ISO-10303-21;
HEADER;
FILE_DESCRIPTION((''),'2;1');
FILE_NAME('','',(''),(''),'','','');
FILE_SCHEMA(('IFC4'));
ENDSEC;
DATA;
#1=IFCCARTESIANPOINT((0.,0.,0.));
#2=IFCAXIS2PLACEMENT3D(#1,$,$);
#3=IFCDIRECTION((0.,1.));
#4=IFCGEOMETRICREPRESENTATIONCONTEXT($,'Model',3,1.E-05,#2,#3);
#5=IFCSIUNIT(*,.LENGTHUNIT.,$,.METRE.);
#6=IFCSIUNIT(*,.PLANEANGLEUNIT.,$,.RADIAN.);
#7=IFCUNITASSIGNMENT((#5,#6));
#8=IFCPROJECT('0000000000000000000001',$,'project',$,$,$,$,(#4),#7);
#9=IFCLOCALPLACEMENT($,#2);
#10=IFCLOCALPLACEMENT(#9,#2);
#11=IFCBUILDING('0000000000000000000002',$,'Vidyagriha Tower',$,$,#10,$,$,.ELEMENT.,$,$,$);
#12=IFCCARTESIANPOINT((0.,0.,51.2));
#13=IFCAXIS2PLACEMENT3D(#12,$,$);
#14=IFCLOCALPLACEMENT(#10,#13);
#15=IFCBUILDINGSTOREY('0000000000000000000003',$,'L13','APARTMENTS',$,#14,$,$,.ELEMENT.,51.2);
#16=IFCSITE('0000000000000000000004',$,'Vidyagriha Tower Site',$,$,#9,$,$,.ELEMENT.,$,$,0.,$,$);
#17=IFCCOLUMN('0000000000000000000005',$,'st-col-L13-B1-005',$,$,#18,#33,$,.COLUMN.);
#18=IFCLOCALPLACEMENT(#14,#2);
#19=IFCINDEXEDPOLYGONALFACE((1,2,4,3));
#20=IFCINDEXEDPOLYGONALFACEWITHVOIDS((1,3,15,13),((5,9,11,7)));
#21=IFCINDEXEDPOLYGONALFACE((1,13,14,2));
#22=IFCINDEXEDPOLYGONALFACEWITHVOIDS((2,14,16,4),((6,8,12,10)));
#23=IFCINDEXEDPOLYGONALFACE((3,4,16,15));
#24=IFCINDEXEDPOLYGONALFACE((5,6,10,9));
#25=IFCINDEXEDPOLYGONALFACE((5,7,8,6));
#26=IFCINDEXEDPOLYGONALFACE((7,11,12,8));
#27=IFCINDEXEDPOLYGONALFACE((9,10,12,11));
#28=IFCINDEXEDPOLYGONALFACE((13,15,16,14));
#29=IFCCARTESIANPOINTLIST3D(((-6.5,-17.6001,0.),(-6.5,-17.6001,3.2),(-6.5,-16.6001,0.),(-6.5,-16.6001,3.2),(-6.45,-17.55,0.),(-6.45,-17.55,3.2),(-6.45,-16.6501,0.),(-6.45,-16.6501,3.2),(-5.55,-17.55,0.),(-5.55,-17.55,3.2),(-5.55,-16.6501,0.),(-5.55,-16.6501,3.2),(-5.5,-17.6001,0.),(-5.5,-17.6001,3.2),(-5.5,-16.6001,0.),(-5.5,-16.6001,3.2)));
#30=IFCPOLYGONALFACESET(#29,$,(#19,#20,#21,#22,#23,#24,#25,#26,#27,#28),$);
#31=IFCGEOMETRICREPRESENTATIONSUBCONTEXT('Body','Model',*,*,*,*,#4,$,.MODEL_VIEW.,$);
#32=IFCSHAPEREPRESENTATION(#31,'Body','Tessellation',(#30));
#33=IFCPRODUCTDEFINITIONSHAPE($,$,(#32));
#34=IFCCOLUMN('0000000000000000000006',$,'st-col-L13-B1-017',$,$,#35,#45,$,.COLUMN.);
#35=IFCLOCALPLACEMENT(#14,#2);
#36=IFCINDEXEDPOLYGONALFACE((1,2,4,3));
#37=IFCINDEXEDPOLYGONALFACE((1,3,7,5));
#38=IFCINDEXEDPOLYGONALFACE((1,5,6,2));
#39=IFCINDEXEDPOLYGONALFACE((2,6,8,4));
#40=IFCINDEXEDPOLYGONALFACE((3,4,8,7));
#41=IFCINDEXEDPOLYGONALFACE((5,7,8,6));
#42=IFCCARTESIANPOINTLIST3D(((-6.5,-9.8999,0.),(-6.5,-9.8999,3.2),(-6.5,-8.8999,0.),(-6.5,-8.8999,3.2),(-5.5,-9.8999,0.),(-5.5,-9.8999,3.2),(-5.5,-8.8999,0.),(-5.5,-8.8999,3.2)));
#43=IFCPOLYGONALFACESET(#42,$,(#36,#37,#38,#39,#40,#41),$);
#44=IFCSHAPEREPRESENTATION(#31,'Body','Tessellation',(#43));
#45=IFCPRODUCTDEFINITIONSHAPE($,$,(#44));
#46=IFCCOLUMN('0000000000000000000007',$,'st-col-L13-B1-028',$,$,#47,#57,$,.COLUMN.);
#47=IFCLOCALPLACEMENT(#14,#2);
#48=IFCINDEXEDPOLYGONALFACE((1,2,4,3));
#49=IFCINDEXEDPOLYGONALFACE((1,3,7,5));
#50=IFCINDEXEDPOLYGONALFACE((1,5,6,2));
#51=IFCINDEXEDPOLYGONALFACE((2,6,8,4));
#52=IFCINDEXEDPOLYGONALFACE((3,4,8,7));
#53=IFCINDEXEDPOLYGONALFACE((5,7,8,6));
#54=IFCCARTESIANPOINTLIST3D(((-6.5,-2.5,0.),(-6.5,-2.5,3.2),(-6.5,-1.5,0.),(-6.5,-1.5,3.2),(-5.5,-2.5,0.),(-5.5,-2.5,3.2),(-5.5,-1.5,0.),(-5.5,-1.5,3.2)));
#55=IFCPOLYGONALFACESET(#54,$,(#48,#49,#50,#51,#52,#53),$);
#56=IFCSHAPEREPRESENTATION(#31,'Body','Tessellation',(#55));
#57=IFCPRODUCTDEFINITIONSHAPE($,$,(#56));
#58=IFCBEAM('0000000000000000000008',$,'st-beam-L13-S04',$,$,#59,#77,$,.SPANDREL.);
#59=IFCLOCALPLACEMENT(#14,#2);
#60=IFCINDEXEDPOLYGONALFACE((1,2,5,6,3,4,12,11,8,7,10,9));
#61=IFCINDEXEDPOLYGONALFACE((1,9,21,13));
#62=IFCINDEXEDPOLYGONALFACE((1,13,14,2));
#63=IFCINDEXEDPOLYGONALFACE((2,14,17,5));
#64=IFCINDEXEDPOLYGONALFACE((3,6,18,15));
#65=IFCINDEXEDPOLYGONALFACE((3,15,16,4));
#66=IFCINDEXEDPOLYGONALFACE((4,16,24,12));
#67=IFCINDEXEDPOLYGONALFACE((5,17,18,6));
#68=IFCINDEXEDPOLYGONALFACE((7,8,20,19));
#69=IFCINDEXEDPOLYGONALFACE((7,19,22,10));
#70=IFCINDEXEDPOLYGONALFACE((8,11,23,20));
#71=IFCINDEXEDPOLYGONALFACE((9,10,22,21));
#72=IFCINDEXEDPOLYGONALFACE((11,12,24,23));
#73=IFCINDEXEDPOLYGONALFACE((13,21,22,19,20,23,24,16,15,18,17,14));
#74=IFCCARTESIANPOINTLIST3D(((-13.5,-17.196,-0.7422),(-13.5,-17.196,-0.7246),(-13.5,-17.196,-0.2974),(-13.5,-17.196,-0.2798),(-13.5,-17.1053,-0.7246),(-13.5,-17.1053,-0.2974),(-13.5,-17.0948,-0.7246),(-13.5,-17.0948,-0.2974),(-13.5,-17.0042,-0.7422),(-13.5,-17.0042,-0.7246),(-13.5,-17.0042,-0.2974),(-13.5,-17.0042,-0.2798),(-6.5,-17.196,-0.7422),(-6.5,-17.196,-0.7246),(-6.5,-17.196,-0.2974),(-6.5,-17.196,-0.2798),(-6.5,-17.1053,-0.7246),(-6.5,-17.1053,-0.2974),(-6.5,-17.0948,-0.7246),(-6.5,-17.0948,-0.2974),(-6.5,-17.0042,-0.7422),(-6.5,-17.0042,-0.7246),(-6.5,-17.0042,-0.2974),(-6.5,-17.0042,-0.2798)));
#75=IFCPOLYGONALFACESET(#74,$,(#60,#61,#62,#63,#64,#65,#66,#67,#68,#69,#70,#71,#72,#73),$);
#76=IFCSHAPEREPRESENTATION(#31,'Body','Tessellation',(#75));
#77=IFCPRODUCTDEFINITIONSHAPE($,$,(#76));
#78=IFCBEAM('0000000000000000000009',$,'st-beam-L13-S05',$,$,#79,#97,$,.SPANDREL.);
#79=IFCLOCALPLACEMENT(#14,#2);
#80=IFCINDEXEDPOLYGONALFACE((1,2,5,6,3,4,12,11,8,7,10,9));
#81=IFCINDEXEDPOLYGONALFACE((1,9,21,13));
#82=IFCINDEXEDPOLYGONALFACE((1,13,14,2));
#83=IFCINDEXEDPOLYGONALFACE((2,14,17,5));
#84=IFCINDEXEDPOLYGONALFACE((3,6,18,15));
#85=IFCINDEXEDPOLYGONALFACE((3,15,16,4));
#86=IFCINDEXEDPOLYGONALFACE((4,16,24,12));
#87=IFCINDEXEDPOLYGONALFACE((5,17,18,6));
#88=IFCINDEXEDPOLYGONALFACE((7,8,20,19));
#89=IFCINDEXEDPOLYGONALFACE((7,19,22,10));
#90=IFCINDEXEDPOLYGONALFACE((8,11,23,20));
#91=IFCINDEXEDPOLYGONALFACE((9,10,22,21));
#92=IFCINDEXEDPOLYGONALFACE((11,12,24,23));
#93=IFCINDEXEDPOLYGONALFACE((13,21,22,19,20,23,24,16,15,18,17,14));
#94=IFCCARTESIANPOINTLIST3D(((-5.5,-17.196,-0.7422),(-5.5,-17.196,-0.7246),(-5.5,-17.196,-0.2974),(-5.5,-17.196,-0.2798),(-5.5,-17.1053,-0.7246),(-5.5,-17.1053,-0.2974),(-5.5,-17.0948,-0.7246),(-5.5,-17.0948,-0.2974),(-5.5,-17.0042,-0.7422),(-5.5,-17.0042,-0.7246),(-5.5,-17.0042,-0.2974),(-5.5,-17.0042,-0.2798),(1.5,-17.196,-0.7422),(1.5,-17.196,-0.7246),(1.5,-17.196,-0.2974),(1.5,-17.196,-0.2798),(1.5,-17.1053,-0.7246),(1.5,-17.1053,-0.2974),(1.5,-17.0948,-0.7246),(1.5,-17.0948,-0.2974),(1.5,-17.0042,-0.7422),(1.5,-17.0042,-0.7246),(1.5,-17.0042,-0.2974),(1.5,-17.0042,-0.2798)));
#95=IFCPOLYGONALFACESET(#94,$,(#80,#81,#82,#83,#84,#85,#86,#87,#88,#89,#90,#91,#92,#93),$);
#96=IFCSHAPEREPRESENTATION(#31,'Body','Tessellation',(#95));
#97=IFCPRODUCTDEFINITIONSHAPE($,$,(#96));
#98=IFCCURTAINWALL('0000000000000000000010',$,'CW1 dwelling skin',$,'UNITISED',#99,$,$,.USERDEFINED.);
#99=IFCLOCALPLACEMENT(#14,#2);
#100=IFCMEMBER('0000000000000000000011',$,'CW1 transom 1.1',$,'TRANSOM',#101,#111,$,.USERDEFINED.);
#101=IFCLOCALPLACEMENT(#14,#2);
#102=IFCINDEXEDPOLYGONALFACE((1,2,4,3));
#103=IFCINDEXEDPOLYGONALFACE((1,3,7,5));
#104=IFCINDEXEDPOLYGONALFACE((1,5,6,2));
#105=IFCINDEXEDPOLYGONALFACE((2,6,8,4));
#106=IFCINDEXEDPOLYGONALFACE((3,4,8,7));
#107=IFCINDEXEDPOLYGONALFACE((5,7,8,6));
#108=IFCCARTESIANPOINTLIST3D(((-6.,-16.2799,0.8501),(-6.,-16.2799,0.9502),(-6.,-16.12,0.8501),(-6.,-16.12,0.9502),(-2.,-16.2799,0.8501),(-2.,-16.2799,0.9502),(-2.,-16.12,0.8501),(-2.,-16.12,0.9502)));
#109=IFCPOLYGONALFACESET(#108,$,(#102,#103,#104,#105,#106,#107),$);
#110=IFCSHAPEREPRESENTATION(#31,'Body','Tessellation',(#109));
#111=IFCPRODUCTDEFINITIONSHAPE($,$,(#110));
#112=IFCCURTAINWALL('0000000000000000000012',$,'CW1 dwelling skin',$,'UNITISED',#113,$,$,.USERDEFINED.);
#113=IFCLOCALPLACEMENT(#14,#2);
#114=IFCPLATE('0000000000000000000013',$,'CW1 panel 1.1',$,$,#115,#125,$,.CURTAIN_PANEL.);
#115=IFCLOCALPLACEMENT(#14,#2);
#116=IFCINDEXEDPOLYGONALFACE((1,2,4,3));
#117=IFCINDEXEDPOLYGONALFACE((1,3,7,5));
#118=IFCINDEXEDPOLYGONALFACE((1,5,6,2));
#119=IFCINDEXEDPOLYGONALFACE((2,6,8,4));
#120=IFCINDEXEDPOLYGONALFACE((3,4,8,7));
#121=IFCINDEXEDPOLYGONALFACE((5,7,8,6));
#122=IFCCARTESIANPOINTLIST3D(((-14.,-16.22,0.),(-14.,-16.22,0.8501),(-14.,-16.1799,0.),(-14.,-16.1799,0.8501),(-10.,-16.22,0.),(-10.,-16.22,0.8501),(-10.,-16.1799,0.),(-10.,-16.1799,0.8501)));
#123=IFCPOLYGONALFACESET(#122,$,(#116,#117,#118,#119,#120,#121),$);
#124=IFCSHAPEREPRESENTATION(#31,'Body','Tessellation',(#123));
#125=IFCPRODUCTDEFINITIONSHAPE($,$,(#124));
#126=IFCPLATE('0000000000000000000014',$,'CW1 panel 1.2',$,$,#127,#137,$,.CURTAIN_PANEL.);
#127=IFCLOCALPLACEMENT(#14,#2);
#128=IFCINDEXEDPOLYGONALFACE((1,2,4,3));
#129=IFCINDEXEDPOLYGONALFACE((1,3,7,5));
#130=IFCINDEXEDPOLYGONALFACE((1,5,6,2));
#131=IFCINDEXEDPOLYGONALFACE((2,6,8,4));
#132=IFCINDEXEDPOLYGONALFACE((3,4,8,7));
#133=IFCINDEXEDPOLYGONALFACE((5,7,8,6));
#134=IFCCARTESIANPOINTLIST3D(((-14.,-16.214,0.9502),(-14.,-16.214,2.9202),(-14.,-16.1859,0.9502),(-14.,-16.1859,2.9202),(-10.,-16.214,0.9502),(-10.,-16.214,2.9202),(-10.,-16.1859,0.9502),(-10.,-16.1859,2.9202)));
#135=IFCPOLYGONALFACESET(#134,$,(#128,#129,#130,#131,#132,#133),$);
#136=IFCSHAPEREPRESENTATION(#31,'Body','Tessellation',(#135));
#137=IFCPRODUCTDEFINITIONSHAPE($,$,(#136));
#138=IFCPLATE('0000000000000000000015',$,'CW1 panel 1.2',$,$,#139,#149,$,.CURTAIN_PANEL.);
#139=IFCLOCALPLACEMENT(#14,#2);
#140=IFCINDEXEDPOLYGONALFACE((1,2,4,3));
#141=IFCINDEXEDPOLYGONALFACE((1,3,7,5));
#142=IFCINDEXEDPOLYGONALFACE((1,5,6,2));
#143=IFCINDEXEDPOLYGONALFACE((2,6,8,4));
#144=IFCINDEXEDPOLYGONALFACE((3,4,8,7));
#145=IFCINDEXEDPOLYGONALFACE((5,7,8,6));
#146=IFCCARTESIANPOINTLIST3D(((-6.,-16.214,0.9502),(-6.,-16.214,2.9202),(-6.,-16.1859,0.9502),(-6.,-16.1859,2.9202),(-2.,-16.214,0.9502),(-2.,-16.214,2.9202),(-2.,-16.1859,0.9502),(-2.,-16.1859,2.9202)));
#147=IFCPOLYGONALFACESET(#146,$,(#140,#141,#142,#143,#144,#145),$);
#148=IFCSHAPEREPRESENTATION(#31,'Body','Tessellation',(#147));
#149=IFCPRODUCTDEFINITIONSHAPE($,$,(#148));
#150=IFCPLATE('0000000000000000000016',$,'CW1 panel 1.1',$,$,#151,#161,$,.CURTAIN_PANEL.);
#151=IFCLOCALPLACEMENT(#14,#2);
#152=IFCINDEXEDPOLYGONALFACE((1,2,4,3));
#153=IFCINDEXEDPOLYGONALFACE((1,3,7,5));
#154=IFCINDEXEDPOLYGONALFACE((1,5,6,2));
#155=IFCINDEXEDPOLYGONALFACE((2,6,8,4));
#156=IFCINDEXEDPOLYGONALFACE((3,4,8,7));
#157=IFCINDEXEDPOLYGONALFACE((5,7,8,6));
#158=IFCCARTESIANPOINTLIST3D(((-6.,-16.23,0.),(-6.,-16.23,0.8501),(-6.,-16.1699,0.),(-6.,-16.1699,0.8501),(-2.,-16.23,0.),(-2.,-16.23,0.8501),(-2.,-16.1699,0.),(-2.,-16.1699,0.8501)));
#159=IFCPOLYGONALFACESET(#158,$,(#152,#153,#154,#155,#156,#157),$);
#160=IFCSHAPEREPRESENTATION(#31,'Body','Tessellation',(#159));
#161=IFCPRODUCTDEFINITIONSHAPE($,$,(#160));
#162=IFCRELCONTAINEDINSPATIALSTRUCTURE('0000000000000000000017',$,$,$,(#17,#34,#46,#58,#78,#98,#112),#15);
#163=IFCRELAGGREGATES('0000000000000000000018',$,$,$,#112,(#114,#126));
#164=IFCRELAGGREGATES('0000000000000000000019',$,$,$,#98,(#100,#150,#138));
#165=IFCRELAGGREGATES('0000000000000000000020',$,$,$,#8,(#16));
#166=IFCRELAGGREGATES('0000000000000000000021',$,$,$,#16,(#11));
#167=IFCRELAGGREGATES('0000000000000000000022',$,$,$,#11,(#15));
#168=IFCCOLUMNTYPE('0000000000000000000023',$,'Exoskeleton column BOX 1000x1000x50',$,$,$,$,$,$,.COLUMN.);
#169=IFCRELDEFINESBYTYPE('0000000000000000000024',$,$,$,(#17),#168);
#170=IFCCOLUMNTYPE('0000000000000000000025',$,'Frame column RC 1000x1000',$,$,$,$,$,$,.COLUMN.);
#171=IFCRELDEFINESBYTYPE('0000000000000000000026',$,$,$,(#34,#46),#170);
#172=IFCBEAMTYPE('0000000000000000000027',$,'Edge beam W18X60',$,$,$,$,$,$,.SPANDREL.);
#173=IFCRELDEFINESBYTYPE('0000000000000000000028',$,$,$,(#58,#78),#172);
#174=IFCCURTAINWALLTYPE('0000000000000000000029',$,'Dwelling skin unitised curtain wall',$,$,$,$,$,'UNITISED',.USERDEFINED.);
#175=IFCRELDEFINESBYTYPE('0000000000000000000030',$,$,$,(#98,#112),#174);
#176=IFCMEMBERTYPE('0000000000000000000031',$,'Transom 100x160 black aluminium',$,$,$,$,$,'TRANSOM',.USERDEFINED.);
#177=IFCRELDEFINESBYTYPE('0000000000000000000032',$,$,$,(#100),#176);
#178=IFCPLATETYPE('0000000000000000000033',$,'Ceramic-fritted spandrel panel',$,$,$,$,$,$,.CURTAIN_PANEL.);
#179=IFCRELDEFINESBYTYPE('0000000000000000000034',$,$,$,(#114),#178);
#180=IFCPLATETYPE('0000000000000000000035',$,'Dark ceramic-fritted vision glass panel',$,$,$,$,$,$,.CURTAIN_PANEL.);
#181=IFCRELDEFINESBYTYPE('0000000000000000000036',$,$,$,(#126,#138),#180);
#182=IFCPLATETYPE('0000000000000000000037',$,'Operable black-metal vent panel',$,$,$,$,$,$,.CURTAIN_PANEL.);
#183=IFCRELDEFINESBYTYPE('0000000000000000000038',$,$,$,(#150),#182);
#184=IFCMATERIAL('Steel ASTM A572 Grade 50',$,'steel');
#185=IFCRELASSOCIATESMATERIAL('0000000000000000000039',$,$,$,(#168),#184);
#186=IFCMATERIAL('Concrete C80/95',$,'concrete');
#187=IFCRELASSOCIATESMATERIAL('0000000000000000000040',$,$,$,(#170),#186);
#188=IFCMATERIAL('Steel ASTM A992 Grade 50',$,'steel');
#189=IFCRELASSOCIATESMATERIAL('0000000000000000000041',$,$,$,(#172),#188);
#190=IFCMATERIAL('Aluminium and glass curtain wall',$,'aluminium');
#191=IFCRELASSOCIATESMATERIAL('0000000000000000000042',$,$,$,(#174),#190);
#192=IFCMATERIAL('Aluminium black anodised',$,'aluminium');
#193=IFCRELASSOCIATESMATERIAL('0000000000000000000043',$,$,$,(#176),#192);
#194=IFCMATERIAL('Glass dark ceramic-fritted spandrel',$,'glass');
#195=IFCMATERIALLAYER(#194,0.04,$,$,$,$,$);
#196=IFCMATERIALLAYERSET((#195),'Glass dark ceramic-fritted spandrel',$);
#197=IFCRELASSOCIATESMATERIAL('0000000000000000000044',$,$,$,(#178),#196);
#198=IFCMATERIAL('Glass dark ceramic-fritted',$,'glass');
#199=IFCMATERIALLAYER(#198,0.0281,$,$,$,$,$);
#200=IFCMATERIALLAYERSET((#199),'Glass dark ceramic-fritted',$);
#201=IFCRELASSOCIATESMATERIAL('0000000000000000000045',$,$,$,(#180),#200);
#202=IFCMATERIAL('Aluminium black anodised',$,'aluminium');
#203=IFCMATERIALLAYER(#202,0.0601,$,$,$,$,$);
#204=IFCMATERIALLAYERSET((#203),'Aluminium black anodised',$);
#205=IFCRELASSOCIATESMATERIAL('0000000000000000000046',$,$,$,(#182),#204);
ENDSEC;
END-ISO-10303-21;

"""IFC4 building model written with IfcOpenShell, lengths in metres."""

from ifc_helpers import new_model, si_unit, direction, frame, origin, origin_2d, place, context, subcontext, project, spatial, rectangle, hollow_rectangle, i_section, extrude, material, layer, layer_set, material_profile, profile_set, type_object, element, aggregate, save


model = new_model("IFC4")

# Units and contexts
model_context = context("Model", 3, precision=1e-05, world=origin(), true_north=direction((0.0, 1.0)))
body_context = subcontext(model_context, "Body", "Model", "MODEL_VIEW")
ifc_project = project(units=[si_unit("LENGTHUNIT", "METRE"), si_unit("PLANEANGLEUNIT", "RADIAN")], contexts=[model_context])

# Site, building, storey
site_placement = place(None, origin())
site = spatial("IfcSite", under=ifc_project, at=site_placement, Name="Vidyagriha Tower Site", CompositionType="ELEMENT", RefElevation=0.0)
building_placement = place(site_placement, origin())
building = spatial("IfcBuilding", under=site, at=building_placement, Name="Vidyagriha Tower", CompositionType="ELEMENT")
storey_placement = place(building_placement, frame((0.0, 0.0, 51.2)))
storey = spatial("IfcBuildingStorey", under=building, at=storey_placement, Name="L13", Description="APARTMENTS", CompositionType="ELEMENT", Elevation=51.2)

# Columns
ifc_material_1 = material(Name="Steel ASTM A572 Grade 50", Category="steel")
ifc_material_profile_1 = material_profile(ifc_material_1, hollow_rectangle(XDim=1.0, YDim=1.0, WallThickness=0.05, at=origin_2d()), Name="BOX 1000x1000x50")
ifc_profile_set_1 = profile_set([ifc_material_profile_1], Name="Steel ASTM A572 Grade 50")
column_type_1 = type_object("IfcColumnType", Name="Exoskeleton column BOX 1000x1000x50", PredefinedType="COLUMN", material=ifc_profile_set_1)
column_placement = place(storey_placement, frame((-6.0, -17.1001, 0.0)))
element("IfcColumn", 1, at=column_placement, inside=storey, type_object=column_type_1, Name="st-col-L13-B1-005", PredefinedType="COLUMN", context=body_context, shape_type="SweptSolid", body=[
    extrude(hollow_rectangle(XDim=1.0, YDim=1.0, WallThickness=0.05, at=origin_2d()), origin(), (0.0, 0.0, 1.0), 3.2),
])
ifc_material_2 = material(Name="Concrete C80/95", Category="concrete")
ifc_material_profile_2 = material_profile(ifc_material_2, rectangle(XDim=1.0, YDim=1.0, at=origin_2d()), Name="RC 1000x1000")
ifc_profile_set_2 = profile_set([ifc_material_profile_2], Name="Concrete C80/95")
column_type_2 = type_object("IfcColumnType", Name="Frame column RC 1000x1000", PredefinedType="COLUMN", material=ifc_profile_set_2)
for number, where, name in (
    (2, (-6.0, -9.3999, 0.0), "st-col-L13-B1-017"),
    (3, (-6.0, -2.0, 0.0), "st-col-L13-B1-028"),
):
    element("IfcColumn", number, at=place(storey_placement, frame(where)), inside=storey, type_object=column_type_2, Name=name, PredefinedType="COLUMN", context=body_context, shape_type="SweptSolid", body=[
        extrude(rectangle(XDim=1.0, YDim=1.0, at=origin_2d()), origin(), (0.0, 0.0, 1.0), 3.2),
    ])

# Beams
ifc_material_3 = material(Name="Steel ASTM A992 Grade 50", Category="steel")
ifc_material_profile_3 = material_profile(ifc_material_3, i_section(OverallWidth=0.1919, OverallDepth=0.4624, WebThickness=0.0105, FlangeThickness=0.0176, at=origin_2d()), Name="W18X60")
ifc_profile_set_3 = profile_set([ifc_material_profile_3], Name="Steel ASTM A992 Grade 50")
beam_type = type_object("IfcBeamType", Name="Edge beam W18X60", PredefinedType="SPANDREL", material=ifc_profile_set_3)
for number, where, z_axis, x_axis, name in (
    (4, (-13.5, -17.1001, -0.511), (1.0, 0.0, 0.0), (0.0, 1.0, 0.0), "st-beam-L13-S04"),
    (5, (-5.5, -17.1001, -0.511), (1.0, 0.0, 0.0), (0.0, 1.0, 0.0), "st-beam-L13-S05"),
):
    element("IfcBeam", number, at=place(storey_placement, frame(where, z_axis=z_axis, x_axis=x_axis)), inside=storey, type_object=beam_type, Name=name, PredefinedType="SPANDREL", context=body_context, shape_type="SweptSolid", body=[
        extrude(i_section(OverallWidth=0.1919, OverallDepth=0.4624, WebThickness=0.0105, FlangeThickness=0.0176, at=origin_2d()), origin(), (0.0, 0.0, 1.0), 7.0),
    ])

# Curtain wall, member
ifc_material_4 = material(Name="Aluminium and glass curtain wall", Category="aluminium")
curtain_wall_type = type_object("IfcCurtainWallType", Name="Dwelling skin unitised curtain wall", ElementType="UNITISED", PredefinedType="USERDEFINED", material=ifc_material_4)
curtain_wall_1_placement = place(storey_placement, origin())
curtain_wall_1 = element("IfcCurtainWall", 6, at=curtain_wall_1_placement, inside=storey, type_object=curtain_wall_type, Name="CW1 dwelling skin", ObjectType="UNITISED", PredefinedType="USERDEFINED")
ifc_material_5 = material(Name="Aluminium black anodised", Category="aluminium")
ifc_material_profile_4 = material_profile(ifc_material_5, rectangle(XDim=0.1599, YDim=0.1001, at=origin_2d()), Name="Transom 100x160 black aluminium")
ifc_profile_set_4 = profile_set([ifc_material_profile_4], Name="Aluminium black anodised")
member_type = type_object("IfcMemberType", Name="Transom 100x160 black aluminium", ElementType="TRANSOM", PredefinedType="USERDEFINED", material=ifc_profile_set_4)
member_placement = place(storey_placement, frame((-6.0, -16.2, 0.9001), z_axis=(1.0, 0.0, 0.0), x_axis=(0.0, 1.0, 0.0)))
member = element("IfcMember", 7, at=member_placement, type_object=member_type, Name="CW1 transom 1.1", ObjectType="TRANSOM", PredefinedType="USERDEFINED", context=body_context, shape_type="SweptSolid", body=[
    extrude(rectangle(XDim=0.1599, YDim=0.1001, at=origin_2d()), origin(), (0.0, 0.0, 1.0), 4.0),
])

# Curtain wall, plates
curtain_wall_2_placement = place(storey_placement, origin())
curtain_wall_2 = element("IfcCurtainWall", 8, at=curtain_wall_2_placement, inside=storey, type_object=curtain_wall_type, Name="CW1 dwelling skin", ObjectType="UNITISED", PredefinedType="USERDEFINED")
ifc_material_6 = material(Name="Glass dark ceramic-fritted spandrel", Category="glass")
ifc_layer_1 = layer(ifc_material_6, 0.04)
ifc_layer_set_1 = layer_set([ifc_layer_1], Name="Glass dark ceramic-fritted spandrel")
plate_type_1 = type_object("IfcPlateType", Name="Ceramic-fritted spandrel panel", PredefinedType="CURTAIN_PANEL", material=ifc_layer_set_1)
plate_1_placement = place(storey_placement, frame((-12.0, -16.2, 0.0)))
plate_1 = element("IfcPlate", 9, at=plate_1_placement, type_object=plate_type_1, Name="CW1 panel 1.1", PredefinedType="CURTAIN_PANEL", context=body_context, shape_type="SweptSolid", body=[
    extrude(rectangle(XDim=4.0, YDim=0.04, at=origin_2d()), origin(), (0.0, 0.0, 1.0), 0.8501),
])
ifc_material_7 = material(Name="Glass dark ceramic-fritted", Category="glass")
ifc_layer_2 = layer(ifc_material_7, 0.0281)
ifc_layer_set_2 = layer_set([ifc_layer_2], Name="Glass dark ceramic-fritted")
plate_type_2 = type_object("IfcPlateType", Name="Dark ceramic-fritted vision glass panel", PredefinedType="CURTAIN_PANEL", material=ifc_layer_set_2)
plate_2_placement = place(storey_placement, frame((-12.0, -16.2, 0.9502)))
plate_2 = element("IfcPlate", 10, at=plate_2_placement, type_object=plate_type_2, Name="CW1 panel 1.2", PredefinedType="CURTAIN_PANEL", context=body_context, shape_type="SweptSolid", body=[
    extrude(rectangle(XDim=4.0, YDim=0.0281, at=origin_2d()), origin(), (0.0, 0.0, 1.0), 1.97),
])
aggregate(curtain_wall_2, [plate_1, plate_2])

# Plates
plate_3_placement = place(storey_placement, frame((-4.0, -16.2, 0.9502)))
plate_3 = element("IfcPlate", 11, at=plate_3_placement, type_object=plate_type_2, Name="CW1 panel 1.2", PredefinedType="CURTAIN_PANEL", context=body_context, shape_type="SweptSolid", body=[
    extrude(rectangle(XDim=4.0, YDim=0.0281, at=origin_2d()), origin(), (0.0, 0.0, 1.0), 1.97),
])
ifc_material_8 = material(Name="Aluminium black anodised", Category="aluminium")
ifc_layer_3 = layer(ifc_material_8, 0.0601)
ifc_layer_set_3 = layer_set([ifc_layer_3], Name="Aluminium black anodised")
plate_type_3 = type_object("IfcPlateType", Name="Operable black-metal vent panel", PredefinedType="CURTAIN_PANEL", material=ifc_layer_set_3)
plate_4_placement = place(storey_placement, frame((-4.0, -16.2, 0.0)))
plate_4 = element("IfcPlate", 12, at=plate_4_placement, type_object=plate_type_3, Name="CW1 panel 1.1", PredefinedType="CURTAIN_PANEL", context=body_context, shape_type="SweptSolid", body=[
    extrude(rectangle(XDim=4.0, YDim=0.0601, at=origin_2d()), origin(), (0.0, 0.0, 1.0), 0.8501),
])
aggregate(curtain_wall_1, [member, plate_4, plate_3])

save(model, "model.ifc")
